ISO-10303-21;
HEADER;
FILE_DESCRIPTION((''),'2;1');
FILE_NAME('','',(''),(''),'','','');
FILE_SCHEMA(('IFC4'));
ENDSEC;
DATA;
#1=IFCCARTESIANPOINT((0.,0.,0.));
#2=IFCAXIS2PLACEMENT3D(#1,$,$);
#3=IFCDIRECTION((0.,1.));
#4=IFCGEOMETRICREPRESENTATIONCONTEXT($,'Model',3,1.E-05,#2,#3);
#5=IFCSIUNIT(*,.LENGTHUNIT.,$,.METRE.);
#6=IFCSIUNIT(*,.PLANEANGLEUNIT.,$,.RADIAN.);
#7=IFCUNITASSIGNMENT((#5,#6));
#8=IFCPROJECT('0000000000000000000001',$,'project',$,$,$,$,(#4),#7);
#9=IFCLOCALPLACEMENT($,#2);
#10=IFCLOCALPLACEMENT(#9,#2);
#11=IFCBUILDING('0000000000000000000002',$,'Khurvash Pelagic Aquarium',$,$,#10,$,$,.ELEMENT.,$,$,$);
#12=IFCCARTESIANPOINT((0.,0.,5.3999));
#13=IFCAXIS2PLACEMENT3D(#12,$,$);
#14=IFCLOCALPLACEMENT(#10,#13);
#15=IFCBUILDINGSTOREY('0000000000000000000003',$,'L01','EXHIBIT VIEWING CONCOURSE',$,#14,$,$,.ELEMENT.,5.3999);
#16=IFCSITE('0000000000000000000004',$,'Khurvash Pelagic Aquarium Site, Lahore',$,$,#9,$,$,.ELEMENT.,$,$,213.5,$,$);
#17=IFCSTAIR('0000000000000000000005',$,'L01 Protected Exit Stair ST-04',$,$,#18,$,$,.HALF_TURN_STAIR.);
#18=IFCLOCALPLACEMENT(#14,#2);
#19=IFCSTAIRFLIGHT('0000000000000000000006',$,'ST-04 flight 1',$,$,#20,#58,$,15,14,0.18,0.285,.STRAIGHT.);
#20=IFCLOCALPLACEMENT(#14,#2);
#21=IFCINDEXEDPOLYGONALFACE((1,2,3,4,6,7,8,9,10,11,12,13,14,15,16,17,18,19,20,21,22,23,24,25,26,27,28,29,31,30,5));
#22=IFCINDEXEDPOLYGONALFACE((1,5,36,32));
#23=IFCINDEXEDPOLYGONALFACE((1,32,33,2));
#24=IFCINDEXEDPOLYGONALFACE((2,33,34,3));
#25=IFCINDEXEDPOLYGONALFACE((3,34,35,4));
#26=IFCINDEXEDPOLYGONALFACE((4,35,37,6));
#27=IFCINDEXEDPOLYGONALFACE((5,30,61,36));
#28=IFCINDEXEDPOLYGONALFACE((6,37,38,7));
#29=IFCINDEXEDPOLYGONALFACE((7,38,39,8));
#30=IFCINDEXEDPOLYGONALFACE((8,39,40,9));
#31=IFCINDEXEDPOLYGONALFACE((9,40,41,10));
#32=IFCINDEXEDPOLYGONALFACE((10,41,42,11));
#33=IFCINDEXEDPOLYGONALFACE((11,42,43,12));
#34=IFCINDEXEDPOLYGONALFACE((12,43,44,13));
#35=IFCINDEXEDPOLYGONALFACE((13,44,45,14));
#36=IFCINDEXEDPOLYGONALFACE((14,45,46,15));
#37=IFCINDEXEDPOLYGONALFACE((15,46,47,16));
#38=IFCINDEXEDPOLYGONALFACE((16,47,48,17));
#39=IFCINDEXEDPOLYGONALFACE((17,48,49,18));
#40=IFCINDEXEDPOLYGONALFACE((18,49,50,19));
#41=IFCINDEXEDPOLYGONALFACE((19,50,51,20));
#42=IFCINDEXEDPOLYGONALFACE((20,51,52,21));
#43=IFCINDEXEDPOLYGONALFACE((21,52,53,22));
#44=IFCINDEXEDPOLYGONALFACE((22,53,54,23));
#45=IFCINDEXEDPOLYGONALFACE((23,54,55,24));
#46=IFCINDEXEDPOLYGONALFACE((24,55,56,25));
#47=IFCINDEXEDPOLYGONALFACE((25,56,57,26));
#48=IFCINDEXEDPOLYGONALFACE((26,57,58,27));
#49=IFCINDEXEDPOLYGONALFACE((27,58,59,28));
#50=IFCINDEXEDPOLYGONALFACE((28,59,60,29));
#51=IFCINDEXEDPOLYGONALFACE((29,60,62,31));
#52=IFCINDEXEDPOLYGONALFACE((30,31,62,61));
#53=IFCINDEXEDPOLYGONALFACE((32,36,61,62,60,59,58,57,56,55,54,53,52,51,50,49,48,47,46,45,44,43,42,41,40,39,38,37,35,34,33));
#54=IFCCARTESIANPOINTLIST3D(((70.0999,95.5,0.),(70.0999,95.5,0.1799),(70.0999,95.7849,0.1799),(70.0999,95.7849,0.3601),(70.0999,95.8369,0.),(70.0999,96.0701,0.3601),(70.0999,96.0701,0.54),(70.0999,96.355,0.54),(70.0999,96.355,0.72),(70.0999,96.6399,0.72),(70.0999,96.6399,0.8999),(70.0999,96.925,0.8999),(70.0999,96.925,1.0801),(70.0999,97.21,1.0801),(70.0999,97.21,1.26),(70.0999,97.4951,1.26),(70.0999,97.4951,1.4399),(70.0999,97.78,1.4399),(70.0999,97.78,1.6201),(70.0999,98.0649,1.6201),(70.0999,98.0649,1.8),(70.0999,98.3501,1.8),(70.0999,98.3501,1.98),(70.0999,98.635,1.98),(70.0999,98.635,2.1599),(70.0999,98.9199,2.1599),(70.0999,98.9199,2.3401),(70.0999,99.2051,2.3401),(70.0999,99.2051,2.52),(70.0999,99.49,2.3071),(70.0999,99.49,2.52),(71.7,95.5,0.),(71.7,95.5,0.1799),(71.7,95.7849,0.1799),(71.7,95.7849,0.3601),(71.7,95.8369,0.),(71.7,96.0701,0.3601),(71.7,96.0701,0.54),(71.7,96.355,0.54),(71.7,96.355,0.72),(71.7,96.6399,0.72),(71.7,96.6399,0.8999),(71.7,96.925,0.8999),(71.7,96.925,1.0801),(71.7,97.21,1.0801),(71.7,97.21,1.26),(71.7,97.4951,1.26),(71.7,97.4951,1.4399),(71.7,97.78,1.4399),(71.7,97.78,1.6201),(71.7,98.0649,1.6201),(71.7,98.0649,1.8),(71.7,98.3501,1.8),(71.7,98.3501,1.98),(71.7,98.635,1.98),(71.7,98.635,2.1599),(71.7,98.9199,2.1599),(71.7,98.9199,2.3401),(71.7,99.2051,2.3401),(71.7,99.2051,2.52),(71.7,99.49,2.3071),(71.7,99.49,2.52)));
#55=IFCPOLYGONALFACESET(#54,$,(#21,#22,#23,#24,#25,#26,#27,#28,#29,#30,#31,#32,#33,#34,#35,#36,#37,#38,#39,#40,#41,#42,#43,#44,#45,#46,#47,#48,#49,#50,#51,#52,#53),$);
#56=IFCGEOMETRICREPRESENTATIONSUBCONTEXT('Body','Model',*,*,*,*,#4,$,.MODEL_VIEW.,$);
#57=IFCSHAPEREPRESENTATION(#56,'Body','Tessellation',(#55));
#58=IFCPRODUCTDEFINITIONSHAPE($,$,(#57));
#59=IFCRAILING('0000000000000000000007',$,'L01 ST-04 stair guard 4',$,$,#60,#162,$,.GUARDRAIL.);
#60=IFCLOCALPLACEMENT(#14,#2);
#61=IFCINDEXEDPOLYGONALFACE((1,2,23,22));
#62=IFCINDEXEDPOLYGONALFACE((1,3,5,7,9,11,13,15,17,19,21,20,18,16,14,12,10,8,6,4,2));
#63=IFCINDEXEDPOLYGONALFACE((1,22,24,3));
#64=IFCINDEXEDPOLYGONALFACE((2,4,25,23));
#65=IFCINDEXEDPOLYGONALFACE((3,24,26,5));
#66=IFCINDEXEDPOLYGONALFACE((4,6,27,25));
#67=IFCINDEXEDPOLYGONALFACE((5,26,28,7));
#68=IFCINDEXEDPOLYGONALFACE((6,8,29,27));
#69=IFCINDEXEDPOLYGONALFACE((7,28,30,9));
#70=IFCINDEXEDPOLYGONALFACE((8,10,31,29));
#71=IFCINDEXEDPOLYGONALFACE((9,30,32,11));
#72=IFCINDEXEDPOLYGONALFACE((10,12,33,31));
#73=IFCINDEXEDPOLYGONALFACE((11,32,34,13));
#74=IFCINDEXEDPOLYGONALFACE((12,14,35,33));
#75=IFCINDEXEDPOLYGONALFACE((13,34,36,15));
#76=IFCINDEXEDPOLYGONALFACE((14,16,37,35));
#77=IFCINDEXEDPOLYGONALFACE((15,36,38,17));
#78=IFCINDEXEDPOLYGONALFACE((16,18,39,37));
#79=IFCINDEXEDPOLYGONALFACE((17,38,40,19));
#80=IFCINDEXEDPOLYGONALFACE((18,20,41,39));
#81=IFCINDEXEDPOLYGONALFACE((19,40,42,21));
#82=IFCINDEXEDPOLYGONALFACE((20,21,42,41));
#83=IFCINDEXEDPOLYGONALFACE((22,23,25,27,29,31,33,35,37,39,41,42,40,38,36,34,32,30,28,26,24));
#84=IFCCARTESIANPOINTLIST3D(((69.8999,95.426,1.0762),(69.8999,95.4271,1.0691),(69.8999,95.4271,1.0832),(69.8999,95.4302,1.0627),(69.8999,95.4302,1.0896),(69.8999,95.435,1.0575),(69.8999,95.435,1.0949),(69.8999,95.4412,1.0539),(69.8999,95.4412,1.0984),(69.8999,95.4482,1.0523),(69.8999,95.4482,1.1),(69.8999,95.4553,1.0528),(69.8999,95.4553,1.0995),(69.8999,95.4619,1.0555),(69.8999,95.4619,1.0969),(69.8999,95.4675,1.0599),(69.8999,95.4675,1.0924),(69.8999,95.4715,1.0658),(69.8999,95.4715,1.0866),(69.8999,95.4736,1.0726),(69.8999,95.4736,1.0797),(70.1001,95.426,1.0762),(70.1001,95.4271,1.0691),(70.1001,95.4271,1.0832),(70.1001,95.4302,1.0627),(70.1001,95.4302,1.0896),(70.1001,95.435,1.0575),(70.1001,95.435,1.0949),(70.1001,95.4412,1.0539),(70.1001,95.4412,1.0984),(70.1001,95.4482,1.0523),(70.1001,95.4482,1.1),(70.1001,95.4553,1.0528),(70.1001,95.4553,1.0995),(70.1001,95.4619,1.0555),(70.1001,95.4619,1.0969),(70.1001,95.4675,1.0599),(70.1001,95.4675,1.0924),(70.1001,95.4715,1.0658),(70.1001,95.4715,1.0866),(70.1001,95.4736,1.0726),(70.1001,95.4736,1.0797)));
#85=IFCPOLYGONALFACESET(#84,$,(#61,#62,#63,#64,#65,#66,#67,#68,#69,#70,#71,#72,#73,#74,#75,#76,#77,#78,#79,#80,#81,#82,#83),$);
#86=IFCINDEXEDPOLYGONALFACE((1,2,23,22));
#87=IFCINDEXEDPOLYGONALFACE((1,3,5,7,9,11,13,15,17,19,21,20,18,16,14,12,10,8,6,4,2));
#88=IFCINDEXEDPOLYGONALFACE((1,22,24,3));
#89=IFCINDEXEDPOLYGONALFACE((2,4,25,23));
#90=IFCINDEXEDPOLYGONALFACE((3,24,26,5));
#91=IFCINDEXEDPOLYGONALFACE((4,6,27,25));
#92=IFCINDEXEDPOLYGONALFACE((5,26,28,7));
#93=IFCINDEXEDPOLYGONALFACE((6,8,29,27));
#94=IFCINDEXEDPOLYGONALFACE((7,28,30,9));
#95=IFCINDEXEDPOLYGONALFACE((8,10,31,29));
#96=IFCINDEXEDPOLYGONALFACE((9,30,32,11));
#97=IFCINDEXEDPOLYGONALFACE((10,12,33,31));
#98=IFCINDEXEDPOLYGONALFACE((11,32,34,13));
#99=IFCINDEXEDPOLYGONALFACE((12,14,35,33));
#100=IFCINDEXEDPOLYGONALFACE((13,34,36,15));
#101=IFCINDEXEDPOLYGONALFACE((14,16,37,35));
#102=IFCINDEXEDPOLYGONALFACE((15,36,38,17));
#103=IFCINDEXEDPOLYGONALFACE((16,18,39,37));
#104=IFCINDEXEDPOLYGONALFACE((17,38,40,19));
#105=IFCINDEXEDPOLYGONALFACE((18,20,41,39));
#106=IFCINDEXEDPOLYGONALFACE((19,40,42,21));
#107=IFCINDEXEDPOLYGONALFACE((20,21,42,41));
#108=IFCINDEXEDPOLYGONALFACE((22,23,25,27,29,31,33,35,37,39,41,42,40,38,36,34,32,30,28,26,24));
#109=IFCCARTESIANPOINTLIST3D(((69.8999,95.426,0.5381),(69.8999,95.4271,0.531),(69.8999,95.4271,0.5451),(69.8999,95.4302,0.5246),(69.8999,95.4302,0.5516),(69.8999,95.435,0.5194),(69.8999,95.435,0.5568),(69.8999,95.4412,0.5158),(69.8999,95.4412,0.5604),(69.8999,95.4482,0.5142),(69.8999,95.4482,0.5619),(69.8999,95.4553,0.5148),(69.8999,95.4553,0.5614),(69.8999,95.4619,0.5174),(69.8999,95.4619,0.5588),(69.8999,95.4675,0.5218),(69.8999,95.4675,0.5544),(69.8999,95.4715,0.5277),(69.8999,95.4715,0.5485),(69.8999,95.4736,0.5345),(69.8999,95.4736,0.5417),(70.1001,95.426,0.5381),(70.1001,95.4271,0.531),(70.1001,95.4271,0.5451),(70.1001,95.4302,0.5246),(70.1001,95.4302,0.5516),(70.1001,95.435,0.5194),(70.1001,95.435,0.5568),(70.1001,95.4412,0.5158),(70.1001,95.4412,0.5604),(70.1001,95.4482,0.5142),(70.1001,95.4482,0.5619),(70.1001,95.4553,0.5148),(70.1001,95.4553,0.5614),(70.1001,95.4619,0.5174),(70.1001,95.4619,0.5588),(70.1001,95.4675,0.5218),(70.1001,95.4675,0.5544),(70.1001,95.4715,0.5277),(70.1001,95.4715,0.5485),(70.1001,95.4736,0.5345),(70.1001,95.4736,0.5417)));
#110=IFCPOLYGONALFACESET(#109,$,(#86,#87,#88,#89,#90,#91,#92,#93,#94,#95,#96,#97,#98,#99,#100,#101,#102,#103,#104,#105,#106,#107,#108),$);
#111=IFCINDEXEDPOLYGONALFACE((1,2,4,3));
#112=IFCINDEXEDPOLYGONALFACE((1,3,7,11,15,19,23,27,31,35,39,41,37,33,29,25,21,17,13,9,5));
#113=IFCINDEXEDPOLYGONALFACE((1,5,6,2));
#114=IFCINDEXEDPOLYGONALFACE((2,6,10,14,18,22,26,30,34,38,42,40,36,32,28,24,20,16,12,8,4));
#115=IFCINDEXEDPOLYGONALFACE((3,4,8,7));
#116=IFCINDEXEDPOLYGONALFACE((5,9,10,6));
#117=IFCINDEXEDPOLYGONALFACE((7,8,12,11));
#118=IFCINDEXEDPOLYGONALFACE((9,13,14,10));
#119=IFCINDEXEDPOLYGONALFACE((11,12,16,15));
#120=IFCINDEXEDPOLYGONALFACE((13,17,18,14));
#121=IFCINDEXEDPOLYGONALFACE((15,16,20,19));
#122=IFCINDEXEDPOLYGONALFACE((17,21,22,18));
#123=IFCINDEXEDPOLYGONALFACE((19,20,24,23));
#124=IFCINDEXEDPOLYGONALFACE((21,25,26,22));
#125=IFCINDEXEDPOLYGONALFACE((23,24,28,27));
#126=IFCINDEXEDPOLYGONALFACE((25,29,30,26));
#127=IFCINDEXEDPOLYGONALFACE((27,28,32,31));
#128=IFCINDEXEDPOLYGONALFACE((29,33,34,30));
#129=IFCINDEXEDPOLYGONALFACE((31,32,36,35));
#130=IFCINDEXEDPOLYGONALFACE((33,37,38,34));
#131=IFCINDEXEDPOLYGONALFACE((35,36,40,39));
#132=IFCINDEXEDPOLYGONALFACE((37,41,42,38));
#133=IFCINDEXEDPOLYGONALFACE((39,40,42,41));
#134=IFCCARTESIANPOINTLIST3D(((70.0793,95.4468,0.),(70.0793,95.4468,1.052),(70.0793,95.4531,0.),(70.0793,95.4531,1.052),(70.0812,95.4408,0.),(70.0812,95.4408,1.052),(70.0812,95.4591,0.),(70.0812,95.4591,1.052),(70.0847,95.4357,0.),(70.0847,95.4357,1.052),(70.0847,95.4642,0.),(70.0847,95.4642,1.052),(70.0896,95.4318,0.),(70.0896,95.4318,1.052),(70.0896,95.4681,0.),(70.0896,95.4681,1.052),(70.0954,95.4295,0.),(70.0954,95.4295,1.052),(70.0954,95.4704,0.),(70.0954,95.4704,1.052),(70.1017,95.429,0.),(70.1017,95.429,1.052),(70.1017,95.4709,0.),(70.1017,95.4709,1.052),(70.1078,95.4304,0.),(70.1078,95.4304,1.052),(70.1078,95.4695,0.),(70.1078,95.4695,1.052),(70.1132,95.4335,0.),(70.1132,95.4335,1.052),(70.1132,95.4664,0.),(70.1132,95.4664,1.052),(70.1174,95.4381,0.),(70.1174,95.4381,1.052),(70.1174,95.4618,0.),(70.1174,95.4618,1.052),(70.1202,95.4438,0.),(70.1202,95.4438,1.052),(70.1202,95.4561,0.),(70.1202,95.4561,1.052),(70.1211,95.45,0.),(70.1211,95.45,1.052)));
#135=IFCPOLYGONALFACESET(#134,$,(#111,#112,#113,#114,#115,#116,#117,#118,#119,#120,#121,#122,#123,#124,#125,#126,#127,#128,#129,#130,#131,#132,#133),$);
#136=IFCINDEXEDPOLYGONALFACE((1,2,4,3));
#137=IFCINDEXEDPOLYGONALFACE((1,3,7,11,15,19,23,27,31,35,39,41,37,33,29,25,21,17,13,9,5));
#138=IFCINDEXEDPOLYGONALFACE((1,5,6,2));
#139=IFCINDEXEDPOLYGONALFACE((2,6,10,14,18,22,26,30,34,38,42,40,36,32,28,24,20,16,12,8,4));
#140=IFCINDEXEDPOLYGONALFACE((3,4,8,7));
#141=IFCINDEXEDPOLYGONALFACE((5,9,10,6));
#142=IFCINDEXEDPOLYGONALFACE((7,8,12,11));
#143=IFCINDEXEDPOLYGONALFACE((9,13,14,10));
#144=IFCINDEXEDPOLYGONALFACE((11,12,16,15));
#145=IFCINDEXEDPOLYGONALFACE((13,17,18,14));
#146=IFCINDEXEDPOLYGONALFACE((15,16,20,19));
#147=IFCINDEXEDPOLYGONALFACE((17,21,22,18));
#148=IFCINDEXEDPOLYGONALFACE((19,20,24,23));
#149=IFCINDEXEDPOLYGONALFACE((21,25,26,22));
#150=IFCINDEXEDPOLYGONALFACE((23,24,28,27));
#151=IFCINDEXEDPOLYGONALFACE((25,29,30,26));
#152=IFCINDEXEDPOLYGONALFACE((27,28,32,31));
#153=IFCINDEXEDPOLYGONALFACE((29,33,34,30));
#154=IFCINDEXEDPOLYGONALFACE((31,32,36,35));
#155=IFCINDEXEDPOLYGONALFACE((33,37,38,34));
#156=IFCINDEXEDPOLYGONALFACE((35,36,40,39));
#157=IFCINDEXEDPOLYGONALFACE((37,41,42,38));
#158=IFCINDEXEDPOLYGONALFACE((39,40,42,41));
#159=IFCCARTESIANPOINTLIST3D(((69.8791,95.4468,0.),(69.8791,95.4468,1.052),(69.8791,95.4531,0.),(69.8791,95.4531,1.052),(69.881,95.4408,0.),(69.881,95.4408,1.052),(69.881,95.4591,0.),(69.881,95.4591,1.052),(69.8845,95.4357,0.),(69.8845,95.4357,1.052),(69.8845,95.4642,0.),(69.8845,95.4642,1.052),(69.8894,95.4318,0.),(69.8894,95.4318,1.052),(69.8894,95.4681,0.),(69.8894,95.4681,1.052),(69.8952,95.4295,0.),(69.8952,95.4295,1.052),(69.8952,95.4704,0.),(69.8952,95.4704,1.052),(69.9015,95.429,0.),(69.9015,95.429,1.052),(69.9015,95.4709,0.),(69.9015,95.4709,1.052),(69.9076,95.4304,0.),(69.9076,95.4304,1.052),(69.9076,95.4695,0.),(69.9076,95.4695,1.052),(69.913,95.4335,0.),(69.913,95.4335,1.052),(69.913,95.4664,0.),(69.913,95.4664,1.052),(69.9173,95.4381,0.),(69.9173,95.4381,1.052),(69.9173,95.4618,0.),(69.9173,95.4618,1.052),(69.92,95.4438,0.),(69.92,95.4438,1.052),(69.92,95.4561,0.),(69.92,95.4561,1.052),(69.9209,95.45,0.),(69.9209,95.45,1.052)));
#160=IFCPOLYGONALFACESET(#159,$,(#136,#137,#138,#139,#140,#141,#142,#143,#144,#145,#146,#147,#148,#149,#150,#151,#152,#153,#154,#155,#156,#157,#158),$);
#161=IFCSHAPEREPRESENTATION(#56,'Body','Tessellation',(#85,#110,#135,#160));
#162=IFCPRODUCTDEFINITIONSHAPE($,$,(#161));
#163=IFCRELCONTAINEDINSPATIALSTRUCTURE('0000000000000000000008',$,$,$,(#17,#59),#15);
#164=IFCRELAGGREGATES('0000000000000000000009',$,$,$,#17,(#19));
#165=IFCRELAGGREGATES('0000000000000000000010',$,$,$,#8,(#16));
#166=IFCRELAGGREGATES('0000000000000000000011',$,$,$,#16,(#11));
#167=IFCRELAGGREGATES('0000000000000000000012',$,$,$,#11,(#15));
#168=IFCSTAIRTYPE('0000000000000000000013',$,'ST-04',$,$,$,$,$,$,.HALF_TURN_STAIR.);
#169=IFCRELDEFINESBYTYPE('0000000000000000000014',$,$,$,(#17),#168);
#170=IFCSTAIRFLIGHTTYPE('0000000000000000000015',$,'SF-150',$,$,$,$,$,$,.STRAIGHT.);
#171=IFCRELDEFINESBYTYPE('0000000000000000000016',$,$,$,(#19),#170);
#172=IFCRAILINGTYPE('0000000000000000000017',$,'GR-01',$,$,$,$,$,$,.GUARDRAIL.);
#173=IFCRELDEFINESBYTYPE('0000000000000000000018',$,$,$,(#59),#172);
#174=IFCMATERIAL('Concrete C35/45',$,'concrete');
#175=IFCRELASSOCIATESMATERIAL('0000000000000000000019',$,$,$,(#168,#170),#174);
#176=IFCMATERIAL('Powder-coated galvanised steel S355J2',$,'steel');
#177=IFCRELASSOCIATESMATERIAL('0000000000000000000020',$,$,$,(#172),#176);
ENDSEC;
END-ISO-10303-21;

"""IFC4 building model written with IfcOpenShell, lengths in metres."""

from ifc_helpers import new_model, si_unit, direction, frame, origin, origin_2d, place, context, subcontext, project, spatial, polyline, circle, outline, extrude, material, type_object, element, aggregate, save


model = new_model("IFC4")

# Units and contexts
model_context = context("Model", 3, precision=1e-05, world=origin(), true_north=direction((0.0, 1.0)))
body_context = subcontext(model_context, "Body", "Model", "MODEL_VIEW")
ifc_project = project(units=[si_unit("LENGTHUNIT", "METRE"), si_unit("PLANEANGLEUNIT", "RADIAN")], contexts=[model_context])

# Site, building, storey
site_placement = place(None, origin())
site = spatial("IfcSite", under=ifc_project, at=site_placement, Name="Khurvash Pelagic Aquarium Site, Lahore", CompositionType="ELEMENT", RefElevation=213.5)
building_placement = place(site_placement, origin())
building = spatial("IfcBuilding", under=site, at=building_placement, Name="Khurvash Pelagic Aquarium", CompositionType="ELEMENT")
storey_placement = place(building_placement, frame((0.0, 0.0, 5.3999)))
storey = spatial("IfcBuildingStorey", under=building, at=storey_placement, Name="L01", Description="EXHIBIT VIEWING CONCOURSE", CompositionType="ELEMENT", Elevation=5.3999)

# Shared definitions
ifc_material_1 = material(Name="Concrete C35/45", Category="concrete")

# Stair, stair flight
stair_type = type_object("IfcStairType", Name="ST-04", PredefinedType="HALF_TURN_STAIR", material=ifc_material_1)
stair_placement = place(storey_placement, origin())
stair = element("IfcStair", 1, at=stair_placement, inside=storey, type_object=stair_type, Name="L01 Protected Exit Stair ST-04", PredefinedType="HALF_TURN_STAIR")
stair_flight_type = type_object("IfcStairFlightType", Name="SF-150", PredefinedType="STRAIGHT", material=ifc_material_1)
stair_flight_placement = place(storey_placement, frame((70.8999, 95.5, 0.0), z_axis=(0.0, 0.0, 1.0), x_axis=(0.0, 1.0, 0.0)))
stair_flight = element("IfcStairFlight", 2, at=stair_flight_placement, type_object=stair_flight_type, Name="ST-04 flight 1", NumberOfRisers=15, NumberOfTreads=14, PredefinedType="STRAIGHT", RiserHeight=0.18, TreadLength=0.285, context=body_context, shape_type="SweptSolid", body=[
    extrude(outline(polyline([(0.0, 0.0), (0.0, 0.1799), (0.2849, 0.1799), (0.2849, 0.3601), (0.5701, 0.3601), (0.5701, 0.54), (0.855, 0.54), (0.855, 0.72), (1.1399, 0.72), (1.1399, 0.8999), (1.425, 0.8999), (1.425, 1.0801), (1.71, 1.0801), (1.71, 1.26), (1.9951, 1.26), (1.9951, 1.4399), (2.28, 1.4399), (2.28, 1.6201), (2.5649, 1.6201), (2.5649, 1.8), (2.8501, 1.8), (2.8501, 1.98), (3.135, 1.98), (3.135, 2.1599), (3.4199, 2.1599), (3.4199, 2.3401), (3.7051, 2.3401), (3.7051, 2.52), (3.99, 2.52), (3.99, 2.7), (3.99, 2.3071), (0.3369, 0.0), (0.0, 0.0)])), frame((0.0, 0.8, 0.0), z_axis=(0.0, -1.0, 0.0), x_axis=(1.0, 0.0, 0.0)), (0.0, 0.0, 1.0), 1.6001),
])
aggregate(stair, [stair_flight])

# Railing
ifc_material_2 = material(Name="Powder-coated galvanised steel S355J2", Category="steel")
railing_type_1 = type_object("IfcRailingType", Name="GR-01", PredefinedType="GUARDRAIL", material=ifc_material_2)
railing_1_placement = place(storey_placement, frame((70.1001, 95.45, 0.0)))
element("IfcRailing", 3, at=railing_1_placement, inside=storey, type_object=railing_type_1, Name="L01 ST-04 stair guard 4", PredefinedType="GUARDRAIL", context=body_context, shape_type="SweptSolid", body=[
    extrude(circle(Radius=0.0239, at=origin_2d()), frame((0.0, 0.0, 1.0762), z_axis=(-1.0, 0.0, 0.0), x_axis=(0.0, -1.0, 0.0)), (0.0, 0.0, 1.0), 0.2002),
    extrude(circle(Radius=0.0239, at=origin_2d()), frame((0.0, 0.0, 0.5381), z_axis=(-1.0, 0.0, 0.0), x_axis=(0.0, -1.0, 0.0)), (0.0, 0.0, 1.0), 0.2002),
    extrude(circle(Radius=0.021, at=origin_2d()), origin(), (0.0, 0.0, 1.0), 1.052),
    extrude(circle(Radius=0.021, at=origin_2d()), frame((-0.2002, 0.0, 0.0)), (0.0, 0.0, 1.0), 1.052),
])

save(model, "model.ifc")
